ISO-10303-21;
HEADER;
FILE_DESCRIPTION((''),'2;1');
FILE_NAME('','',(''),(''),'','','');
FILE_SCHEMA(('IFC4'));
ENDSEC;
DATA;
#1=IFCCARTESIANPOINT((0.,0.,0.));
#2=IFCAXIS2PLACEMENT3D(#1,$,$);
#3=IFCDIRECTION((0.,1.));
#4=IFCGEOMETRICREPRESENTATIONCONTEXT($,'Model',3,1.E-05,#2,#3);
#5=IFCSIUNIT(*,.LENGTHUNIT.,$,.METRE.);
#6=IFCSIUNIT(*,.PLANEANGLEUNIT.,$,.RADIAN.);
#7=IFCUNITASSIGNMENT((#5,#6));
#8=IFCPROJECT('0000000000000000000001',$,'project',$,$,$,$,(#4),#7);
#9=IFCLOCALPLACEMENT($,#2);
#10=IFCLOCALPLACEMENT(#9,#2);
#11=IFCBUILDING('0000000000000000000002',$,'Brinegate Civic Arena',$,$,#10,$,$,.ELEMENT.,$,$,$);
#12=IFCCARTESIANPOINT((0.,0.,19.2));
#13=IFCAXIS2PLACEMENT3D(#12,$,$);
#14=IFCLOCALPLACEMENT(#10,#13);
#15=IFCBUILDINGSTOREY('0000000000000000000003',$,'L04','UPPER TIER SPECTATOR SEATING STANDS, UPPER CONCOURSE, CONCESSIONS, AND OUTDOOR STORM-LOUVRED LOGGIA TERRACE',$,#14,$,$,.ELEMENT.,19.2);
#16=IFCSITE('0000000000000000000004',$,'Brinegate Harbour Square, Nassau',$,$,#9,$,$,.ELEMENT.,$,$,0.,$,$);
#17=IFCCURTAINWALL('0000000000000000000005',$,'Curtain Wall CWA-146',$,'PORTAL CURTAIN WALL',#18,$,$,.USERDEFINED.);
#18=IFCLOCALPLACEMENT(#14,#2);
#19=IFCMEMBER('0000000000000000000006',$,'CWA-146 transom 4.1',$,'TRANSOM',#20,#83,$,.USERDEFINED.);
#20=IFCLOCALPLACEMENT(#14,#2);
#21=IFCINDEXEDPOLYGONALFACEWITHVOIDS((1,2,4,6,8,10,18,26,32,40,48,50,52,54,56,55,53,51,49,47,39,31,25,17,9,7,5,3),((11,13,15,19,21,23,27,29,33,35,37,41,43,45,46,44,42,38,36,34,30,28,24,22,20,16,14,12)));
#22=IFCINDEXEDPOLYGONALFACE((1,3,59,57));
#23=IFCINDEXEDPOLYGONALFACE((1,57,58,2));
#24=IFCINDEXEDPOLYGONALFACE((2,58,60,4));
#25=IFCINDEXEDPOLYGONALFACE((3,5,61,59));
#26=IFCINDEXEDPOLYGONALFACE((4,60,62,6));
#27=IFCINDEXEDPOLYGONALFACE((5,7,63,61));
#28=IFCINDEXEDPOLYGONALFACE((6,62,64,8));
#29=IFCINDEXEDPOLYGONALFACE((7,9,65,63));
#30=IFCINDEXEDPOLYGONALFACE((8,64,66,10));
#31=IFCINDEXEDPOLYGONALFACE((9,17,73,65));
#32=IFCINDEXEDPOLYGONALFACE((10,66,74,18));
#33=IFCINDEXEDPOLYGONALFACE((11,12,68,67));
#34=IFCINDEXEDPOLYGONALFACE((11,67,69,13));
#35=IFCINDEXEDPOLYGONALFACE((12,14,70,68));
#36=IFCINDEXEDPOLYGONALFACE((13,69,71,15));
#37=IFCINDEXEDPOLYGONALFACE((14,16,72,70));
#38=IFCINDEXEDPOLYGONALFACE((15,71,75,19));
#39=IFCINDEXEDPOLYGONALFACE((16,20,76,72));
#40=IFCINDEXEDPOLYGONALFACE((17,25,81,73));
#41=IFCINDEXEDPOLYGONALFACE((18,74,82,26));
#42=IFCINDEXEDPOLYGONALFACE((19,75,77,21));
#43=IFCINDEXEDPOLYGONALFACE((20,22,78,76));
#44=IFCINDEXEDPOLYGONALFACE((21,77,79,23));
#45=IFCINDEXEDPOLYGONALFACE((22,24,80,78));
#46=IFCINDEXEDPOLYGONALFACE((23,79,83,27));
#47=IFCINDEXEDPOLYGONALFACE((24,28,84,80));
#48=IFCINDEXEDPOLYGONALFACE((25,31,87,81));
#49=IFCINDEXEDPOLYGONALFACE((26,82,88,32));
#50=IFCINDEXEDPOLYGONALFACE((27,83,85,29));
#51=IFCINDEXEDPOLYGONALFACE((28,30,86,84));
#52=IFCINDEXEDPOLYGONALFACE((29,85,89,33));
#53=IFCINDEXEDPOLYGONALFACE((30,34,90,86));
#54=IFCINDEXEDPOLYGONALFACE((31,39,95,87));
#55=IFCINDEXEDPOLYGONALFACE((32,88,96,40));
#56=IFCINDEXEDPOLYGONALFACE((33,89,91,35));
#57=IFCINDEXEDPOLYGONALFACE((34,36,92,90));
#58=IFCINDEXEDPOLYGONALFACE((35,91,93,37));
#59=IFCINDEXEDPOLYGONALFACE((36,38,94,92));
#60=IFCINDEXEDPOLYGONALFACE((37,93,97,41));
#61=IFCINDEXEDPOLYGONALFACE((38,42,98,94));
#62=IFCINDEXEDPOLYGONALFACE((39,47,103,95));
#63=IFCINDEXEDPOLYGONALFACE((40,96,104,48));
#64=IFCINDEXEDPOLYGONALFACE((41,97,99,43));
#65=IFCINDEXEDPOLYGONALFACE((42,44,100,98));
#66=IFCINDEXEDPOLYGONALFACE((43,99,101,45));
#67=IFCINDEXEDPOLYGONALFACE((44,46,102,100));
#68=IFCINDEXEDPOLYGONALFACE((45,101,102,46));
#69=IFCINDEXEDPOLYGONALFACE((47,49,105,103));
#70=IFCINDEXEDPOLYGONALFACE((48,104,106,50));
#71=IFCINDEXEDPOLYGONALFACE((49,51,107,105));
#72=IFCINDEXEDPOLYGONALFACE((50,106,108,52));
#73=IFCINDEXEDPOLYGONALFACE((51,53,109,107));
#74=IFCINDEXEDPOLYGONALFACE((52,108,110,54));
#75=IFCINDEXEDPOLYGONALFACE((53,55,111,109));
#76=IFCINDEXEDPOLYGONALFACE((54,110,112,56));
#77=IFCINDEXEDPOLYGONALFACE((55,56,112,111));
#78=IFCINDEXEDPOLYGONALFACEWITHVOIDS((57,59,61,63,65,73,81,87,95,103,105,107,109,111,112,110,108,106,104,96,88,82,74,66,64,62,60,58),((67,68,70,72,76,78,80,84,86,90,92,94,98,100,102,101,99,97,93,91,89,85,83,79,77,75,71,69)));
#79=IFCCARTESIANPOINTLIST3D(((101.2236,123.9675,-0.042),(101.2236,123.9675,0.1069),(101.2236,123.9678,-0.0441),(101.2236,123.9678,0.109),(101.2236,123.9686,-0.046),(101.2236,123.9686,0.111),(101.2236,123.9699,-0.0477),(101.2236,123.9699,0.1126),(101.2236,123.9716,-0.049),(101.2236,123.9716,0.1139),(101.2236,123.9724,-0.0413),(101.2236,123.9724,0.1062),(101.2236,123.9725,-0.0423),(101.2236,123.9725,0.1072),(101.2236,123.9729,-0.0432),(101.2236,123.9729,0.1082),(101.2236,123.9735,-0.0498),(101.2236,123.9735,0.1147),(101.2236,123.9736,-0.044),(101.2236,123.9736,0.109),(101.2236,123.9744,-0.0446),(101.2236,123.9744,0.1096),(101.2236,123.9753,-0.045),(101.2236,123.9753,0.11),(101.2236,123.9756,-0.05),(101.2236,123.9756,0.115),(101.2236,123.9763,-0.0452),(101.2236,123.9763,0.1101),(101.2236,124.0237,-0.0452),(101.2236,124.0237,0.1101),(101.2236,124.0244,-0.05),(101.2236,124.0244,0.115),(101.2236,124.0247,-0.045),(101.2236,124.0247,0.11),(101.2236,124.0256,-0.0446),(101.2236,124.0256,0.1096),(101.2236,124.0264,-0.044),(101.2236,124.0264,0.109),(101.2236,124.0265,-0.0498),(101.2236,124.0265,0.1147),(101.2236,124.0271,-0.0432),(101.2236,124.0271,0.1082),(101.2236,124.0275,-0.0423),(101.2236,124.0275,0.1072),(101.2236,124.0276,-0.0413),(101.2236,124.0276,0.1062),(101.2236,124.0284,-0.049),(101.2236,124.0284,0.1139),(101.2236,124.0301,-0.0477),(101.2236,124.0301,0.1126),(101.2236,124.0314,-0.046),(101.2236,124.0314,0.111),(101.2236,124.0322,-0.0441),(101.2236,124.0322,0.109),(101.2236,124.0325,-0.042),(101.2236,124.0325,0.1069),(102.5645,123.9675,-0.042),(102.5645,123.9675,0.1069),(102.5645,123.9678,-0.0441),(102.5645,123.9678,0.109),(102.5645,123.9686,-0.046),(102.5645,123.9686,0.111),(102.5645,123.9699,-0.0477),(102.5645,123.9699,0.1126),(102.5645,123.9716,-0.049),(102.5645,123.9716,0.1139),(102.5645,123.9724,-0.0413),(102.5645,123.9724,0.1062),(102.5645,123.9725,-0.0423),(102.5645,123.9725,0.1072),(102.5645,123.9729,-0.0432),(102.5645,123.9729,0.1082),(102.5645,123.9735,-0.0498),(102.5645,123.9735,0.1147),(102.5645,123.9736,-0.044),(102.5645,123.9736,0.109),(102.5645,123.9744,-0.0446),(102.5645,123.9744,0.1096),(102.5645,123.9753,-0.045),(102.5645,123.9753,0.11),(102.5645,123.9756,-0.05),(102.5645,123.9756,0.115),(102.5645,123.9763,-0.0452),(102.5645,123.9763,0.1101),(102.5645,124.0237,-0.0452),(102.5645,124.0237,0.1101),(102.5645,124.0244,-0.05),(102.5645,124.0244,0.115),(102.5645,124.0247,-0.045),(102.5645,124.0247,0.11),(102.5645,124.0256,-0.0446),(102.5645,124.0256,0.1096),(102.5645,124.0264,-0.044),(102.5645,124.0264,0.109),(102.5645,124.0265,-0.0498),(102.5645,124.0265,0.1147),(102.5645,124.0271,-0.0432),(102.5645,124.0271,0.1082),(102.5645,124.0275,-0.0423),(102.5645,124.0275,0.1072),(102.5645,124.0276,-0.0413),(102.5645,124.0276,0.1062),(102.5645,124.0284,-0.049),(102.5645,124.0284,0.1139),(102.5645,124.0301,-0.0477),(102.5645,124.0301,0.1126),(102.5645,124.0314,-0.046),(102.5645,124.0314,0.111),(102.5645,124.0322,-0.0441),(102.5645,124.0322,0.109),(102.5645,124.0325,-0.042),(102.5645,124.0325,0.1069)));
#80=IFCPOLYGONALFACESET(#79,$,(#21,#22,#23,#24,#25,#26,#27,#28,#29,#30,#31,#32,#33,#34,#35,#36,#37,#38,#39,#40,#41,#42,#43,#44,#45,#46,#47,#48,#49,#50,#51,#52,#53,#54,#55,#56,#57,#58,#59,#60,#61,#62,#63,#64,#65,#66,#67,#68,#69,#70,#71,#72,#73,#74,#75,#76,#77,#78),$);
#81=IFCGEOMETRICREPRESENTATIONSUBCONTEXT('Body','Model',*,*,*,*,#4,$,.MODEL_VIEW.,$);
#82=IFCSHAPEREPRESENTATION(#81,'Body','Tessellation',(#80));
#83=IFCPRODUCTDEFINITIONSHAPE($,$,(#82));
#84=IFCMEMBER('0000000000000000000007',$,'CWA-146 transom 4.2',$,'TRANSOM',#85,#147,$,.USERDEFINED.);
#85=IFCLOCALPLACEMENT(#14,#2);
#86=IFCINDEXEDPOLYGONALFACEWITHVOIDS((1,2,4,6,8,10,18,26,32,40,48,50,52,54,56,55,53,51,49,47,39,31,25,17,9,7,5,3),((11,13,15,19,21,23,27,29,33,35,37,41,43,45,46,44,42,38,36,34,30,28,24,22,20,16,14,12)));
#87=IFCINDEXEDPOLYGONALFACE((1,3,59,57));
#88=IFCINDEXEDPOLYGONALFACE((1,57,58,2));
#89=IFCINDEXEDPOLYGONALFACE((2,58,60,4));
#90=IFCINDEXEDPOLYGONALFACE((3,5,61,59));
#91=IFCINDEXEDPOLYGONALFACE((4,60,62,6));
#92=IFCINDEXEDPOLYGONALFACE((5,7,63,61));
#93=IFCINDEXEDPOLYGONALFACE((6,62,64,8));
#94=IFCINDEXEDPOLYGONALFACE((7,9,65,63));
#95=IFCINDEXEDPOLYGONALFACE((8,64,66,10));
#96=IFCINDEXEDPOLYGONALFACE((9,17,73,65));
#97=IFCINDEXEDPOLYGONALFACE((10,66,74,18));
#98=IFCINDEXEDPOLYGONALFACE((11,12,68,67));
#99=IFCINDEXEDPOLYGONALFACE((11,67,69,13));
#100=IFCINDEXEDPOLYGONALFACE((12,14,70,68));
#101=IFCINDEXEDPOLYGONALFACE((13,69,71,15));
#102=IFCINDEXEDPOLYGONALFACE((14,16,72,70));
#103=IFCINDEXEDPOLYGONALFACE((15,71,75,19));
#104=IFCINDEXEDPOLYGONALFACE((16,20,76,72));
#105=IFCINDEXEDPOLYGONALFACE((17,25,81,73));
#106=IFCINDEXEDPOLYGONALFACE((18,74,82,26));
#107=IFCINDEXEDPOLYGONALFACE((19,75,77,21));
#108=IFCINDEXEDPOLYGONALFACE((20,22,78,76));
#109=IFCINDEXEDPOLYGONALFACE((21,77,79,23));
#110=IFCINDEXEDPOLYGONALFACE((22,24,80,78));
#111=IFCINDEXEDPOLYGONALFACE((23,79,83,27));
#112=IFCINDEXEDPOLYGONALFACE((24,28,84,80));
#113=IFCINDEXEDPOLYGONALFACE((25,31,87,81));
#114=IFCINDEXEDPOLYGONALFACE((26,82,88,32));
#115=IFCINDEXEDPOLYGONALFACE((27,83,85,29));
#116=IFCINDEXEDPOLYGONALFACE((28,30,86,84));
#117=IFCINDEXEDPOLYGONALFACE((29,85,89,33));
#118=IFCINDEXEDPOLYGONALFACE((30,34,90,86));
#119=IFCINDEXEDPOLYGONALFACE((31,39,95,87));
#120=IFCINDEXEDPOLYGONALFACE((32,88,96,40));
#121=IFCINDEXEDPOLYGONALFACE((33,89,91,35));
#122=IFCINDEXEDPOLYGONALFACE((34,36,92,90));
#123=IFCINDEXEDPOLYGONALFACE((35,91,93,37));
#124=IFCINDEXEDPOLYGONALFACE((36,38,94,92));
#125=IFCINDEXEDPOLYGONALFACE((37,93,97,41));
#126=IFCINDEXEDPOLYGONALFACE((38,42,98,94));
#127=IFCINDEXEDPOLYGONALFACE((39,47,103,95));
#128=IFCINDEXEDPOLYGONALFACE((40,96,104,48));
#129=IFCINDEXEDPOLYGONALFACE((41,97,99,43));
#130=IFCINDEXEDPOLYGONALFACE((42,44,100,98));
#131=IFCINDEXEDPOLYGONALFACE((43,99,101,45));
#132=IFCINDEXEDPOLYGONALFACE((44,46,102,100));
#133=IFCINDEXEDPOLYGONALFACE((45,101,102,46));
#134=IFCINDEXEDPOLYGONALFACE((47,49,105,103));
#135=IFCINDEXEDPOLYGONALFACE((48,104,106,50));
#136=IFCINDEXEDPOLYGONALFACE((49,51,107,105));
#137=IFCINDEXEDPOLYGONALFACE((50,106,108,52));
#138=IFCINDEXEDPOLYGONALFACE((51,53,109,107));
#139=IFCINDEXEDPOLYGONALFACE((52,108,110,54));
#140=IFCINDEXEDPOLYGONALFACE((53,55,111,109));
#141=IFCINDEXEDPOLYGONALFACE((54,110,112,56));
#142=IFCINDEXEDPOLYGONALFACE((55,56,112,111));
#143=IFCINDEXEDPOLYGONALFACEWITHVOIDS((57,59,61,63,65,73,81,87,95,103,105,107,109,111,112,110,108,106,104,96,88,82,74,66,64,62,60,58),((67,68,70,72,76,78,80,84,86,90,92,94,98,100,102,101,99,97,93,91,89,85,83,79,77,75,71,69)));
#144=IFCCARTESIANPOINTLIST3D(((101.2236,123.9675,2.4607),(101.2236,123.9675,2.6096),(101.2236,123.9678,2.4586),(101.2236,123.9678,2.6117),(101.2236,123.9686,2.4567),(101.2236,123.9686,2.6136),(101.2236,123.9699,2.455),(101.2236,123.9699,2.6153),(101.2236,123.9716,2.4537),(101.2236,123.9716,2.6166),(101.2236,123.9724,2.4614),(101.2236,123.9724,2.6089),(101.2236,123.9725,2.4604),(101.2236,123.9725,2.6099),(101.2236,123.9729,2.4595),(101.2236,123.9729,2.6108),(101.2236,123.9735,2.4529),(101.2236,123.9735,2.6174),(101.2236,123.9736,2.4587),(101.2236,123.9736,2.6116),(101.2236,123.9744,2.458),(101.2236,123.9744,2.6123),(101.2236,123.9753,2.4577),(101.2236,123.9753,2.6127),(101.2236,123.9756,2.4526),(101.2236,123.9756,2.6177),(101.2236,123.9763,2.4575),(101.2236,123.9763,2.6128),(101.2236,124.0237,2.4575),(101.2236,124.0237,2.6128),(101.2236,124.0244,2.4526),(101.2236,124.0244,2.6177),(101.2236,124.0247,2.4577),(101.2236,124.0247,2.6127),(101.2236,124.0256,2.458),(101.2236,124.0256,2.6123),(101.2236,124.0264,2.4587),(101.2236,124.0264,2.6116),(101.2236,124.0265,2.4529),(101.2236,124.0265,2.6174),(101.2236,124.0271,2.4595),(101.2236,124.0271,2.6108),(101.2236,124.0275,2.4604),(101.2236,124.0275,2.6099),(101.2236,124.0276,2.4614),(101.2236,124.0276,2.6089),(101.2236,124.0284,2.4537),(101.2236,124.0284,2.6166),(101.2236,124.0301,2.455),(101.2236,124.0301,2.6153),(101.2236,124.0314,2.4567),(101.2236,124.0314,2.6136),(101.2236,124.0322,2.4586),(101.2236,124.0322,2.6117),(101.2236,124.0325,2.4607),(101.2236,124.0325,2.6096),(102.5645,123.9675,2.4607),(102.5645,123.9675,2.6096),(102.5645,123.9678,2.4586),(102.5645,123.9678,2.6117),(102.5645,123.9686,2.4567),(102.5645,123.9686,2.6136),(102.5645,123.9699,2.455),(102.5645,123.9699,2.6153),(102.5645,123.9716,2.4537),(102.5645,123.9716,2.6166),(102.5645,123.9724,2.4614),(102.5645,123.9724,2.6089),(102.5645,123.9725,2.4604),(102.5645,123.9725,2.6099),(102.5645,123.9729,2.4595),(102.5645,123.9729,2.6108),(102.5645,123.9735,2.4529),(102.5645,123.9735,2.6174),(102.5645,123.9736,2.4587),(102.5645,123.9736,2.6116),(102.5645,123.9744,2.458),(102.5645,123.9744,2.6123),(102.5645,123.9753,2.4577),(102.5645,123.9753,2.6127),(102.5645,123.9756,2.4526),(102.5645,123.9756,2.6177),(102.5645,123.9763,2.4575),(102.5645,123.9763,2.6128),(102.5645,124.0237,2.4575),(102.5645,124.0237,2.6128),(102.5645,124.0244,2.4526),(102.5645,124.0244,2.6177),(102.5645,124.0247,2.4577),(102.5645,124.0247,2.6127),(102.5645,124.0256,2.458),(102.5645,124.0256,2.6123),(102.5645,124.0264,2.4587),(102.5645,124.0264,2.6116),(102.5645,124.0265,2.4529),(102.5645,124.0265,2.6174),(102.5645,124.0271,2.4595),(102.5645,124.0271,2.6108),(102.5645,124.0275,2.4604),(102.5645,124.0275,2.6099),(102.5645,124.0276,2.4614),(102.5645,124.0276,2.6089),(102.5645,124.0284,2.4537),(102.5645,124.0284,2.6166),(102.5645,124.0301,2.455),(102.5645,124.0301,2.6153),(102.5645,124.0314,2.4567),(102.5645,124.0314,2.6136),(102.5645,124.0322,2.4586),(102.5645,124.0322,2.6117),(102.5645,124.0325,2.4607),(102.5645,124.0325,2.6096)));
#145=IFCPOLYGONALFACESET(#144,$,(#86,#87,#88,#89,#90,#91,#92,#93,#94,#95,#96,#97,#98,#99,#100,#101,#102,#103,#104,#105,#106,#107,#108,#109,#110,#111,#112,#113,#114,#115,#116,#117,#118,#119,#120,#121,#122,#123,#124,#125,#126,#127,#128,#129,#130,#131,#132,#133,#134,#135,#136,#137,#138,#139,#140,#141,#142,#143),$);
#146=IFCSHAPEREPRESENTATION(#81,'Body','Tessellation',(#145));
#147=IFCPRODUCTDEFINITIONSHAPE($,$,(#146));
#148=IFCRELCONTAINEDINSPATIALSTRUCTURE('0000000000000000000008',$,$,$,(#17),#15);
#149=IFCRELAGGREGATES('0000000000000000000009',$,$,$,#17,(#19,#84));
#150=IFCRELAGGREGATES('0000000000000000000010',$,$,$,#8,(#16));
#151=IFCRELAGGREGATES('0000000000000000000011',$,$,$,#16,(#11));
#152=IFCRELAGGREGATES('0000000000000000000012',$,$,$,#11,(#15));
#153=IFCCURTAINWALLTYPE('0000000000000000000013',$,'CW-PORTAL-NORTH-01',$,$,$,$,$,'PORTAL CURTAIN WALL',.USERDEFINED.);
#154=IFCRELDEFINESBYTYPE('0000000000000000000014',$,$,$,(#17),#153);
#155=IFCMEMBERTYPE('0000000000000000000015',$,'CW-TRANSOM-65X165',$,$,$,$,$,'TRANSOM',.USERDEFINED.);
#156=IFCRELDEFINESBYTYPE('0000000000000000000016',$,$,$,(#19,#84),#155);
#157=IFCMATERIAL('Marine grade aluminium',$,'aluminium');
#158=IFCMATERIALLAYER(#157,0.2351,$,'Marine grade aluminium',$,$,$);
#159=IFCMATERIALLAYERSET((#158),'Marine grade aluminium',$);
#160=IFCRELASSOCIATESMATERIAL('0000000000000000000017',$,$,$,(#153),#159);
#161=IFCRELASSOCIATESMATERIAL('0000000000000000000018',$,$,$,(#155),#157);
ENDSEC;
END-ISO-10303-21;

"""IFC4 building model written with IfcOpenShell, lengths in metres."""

from ifc_helpers import new_model, si_unit, direction, frame, origin, origin_2d, place, context, subcontext, project, spatial, hollow_rectangle, extrude, material, layer, layer_set, material_profile, profile_set, type_object, element, aggregate, save


model = new_model("IFC4")

# Units and contexts
model_context = context("Model", 3, precision=1e-05, world=origin(), true_north=direction((0.0, 1.0)))
body_context = subcontext(model_context, "Body", "Model", "MODEL_VIEW")
ifc_project = project(units=[si_unit("LENGTHUNIT", "METRE"), si_unit("PLANEANGLEUNIT", "RADIAN")], contexts=[model_context])

# Site, building, storey
site_placement = place(None, origin())
site = spatial("IfcSite", under=ifc_project, at=site_placement, Name="Brinegate Harbour Square, Nassau", CompositionType="ELEMENT", RefElevation=0.0)
building_placement = place(site_placement, origin())
building = spatial("IfcBuilding", under=site, at=building_placement, Name="Brinegate Civic Arena", CompositionType="ELEMENT")
storey_placement = place(building_placement, frame((0.0, 0.0, 19.2)))
storey = spatial("IfcBuildingStorey", under=building, at=storey_placement, Name="L04", Description="UPPER TIER SPECTATOR SEATING STANDS, UPPER CONCOURSE, CONCESSIONS, AND OUTDOOR STORM-LOUVRED LOGGIA TERRACE", CompositionType="ELEMENT", Elevation=19.2)

# Curtain wall, members
ifc_material_1 = material(Name="Marine grade aluminium", Category="aluminium")
ifc_layer_1 = layer(ifc_material_1, 0.2351, Name="Marine grade aluminium")
ifc_layer_set_1 = layer_set([ifc_layer_1], Name="Marine grade aluminium")
curtain_wall_type = type_object("IfcCurtainWallType", Name="CW-PORTAL-NORTH-01", ElementType="PORTAL CURTAIN WALL", PredefinedType="USERDEFINED", material=ifc_layer_set_1)
curtain_wall_placement = place(storey_placement, origin())
curtain_wall = element("IfcCurtainWall", 1, at=curtain_wall_placement, inside=storey, type_object=curtain_wall_type, Name="Curtain Wall CWA-146", ObjectType="PORTAL CURTAIN WALL", PredefinedType="USERDEFINED")
ifc_material_profile_1 = material_profile(ifc_material_1, hollow_rectangle(XDim=0.0649, YDim=0.165, WallThickness=0.0049, InnerFilletRadius=0.0039, OuterFilletRadius=0.0081, at=origin_2d()), Name="TRN65X165")
ifc_profile_set_1 = profile_set([ifc_material_profile_1], Name="Marine grade aluminium")
member_type_1 = type_object("IfcMemberType", Name="CW-TRANSOM-65X165", ElementType="TRANSOM", PredefinedType="USERDEFINED", material=ifc_profile_set_1)
member_1_placement = place(storey_placement, frame((101.2236, 124.0, 0.0325), z_axis=(1.0, 0.0, 0.0), x_axis=(0.0, 1.0, 0.0)))
member_1 = element("IfcMember", 2, at=member_1_placement, type_object=member_type_1, Name="CWA-146 transom 4.1", ObjectType="TRANSOM", PredefinedType="USERDEFINED", context=body_context, shape_type="SweptSolid", body=[
    extrude(hollow_rectangle(XDim=0.0649, YDim=0.165, WallThickness=0.0049, InnerFilletRadius=0.0039, OuterFilletRadius=0.0081, at=origin_2d()), origin(), (0.0, 0.0, 1.0), 1.3408),
])
member_2_placement = place(storey_placement, frame((101.2236, 124.0, 2.5352), z_axis=(1.0, 0.0, 0.0), x_axis=(0.0, 1.0, 0.0)))
member_2 = element("IfcMember", 3, at=member_2_placement, type_object=member_type_1, Name="CWA-146 transom 4.2", ObjectType="TRANSOM", PredefinedType="USERDEFINED", context=body_context, shape_type="SweptSolid", body=[
    extrude(hollow_rectangle(XDim=0.0649, YDim=0.165, WallThickness=0.0049, InnerFilletRadius=0.0039, OuterFilletRadius=0.0081, at=origin_2d()), origin(), (0.0, 0.0, 1.0), 1.3408),
])
aggregate(curtain_wall, [member_1, member_2])

save(model, "model.ifc")
